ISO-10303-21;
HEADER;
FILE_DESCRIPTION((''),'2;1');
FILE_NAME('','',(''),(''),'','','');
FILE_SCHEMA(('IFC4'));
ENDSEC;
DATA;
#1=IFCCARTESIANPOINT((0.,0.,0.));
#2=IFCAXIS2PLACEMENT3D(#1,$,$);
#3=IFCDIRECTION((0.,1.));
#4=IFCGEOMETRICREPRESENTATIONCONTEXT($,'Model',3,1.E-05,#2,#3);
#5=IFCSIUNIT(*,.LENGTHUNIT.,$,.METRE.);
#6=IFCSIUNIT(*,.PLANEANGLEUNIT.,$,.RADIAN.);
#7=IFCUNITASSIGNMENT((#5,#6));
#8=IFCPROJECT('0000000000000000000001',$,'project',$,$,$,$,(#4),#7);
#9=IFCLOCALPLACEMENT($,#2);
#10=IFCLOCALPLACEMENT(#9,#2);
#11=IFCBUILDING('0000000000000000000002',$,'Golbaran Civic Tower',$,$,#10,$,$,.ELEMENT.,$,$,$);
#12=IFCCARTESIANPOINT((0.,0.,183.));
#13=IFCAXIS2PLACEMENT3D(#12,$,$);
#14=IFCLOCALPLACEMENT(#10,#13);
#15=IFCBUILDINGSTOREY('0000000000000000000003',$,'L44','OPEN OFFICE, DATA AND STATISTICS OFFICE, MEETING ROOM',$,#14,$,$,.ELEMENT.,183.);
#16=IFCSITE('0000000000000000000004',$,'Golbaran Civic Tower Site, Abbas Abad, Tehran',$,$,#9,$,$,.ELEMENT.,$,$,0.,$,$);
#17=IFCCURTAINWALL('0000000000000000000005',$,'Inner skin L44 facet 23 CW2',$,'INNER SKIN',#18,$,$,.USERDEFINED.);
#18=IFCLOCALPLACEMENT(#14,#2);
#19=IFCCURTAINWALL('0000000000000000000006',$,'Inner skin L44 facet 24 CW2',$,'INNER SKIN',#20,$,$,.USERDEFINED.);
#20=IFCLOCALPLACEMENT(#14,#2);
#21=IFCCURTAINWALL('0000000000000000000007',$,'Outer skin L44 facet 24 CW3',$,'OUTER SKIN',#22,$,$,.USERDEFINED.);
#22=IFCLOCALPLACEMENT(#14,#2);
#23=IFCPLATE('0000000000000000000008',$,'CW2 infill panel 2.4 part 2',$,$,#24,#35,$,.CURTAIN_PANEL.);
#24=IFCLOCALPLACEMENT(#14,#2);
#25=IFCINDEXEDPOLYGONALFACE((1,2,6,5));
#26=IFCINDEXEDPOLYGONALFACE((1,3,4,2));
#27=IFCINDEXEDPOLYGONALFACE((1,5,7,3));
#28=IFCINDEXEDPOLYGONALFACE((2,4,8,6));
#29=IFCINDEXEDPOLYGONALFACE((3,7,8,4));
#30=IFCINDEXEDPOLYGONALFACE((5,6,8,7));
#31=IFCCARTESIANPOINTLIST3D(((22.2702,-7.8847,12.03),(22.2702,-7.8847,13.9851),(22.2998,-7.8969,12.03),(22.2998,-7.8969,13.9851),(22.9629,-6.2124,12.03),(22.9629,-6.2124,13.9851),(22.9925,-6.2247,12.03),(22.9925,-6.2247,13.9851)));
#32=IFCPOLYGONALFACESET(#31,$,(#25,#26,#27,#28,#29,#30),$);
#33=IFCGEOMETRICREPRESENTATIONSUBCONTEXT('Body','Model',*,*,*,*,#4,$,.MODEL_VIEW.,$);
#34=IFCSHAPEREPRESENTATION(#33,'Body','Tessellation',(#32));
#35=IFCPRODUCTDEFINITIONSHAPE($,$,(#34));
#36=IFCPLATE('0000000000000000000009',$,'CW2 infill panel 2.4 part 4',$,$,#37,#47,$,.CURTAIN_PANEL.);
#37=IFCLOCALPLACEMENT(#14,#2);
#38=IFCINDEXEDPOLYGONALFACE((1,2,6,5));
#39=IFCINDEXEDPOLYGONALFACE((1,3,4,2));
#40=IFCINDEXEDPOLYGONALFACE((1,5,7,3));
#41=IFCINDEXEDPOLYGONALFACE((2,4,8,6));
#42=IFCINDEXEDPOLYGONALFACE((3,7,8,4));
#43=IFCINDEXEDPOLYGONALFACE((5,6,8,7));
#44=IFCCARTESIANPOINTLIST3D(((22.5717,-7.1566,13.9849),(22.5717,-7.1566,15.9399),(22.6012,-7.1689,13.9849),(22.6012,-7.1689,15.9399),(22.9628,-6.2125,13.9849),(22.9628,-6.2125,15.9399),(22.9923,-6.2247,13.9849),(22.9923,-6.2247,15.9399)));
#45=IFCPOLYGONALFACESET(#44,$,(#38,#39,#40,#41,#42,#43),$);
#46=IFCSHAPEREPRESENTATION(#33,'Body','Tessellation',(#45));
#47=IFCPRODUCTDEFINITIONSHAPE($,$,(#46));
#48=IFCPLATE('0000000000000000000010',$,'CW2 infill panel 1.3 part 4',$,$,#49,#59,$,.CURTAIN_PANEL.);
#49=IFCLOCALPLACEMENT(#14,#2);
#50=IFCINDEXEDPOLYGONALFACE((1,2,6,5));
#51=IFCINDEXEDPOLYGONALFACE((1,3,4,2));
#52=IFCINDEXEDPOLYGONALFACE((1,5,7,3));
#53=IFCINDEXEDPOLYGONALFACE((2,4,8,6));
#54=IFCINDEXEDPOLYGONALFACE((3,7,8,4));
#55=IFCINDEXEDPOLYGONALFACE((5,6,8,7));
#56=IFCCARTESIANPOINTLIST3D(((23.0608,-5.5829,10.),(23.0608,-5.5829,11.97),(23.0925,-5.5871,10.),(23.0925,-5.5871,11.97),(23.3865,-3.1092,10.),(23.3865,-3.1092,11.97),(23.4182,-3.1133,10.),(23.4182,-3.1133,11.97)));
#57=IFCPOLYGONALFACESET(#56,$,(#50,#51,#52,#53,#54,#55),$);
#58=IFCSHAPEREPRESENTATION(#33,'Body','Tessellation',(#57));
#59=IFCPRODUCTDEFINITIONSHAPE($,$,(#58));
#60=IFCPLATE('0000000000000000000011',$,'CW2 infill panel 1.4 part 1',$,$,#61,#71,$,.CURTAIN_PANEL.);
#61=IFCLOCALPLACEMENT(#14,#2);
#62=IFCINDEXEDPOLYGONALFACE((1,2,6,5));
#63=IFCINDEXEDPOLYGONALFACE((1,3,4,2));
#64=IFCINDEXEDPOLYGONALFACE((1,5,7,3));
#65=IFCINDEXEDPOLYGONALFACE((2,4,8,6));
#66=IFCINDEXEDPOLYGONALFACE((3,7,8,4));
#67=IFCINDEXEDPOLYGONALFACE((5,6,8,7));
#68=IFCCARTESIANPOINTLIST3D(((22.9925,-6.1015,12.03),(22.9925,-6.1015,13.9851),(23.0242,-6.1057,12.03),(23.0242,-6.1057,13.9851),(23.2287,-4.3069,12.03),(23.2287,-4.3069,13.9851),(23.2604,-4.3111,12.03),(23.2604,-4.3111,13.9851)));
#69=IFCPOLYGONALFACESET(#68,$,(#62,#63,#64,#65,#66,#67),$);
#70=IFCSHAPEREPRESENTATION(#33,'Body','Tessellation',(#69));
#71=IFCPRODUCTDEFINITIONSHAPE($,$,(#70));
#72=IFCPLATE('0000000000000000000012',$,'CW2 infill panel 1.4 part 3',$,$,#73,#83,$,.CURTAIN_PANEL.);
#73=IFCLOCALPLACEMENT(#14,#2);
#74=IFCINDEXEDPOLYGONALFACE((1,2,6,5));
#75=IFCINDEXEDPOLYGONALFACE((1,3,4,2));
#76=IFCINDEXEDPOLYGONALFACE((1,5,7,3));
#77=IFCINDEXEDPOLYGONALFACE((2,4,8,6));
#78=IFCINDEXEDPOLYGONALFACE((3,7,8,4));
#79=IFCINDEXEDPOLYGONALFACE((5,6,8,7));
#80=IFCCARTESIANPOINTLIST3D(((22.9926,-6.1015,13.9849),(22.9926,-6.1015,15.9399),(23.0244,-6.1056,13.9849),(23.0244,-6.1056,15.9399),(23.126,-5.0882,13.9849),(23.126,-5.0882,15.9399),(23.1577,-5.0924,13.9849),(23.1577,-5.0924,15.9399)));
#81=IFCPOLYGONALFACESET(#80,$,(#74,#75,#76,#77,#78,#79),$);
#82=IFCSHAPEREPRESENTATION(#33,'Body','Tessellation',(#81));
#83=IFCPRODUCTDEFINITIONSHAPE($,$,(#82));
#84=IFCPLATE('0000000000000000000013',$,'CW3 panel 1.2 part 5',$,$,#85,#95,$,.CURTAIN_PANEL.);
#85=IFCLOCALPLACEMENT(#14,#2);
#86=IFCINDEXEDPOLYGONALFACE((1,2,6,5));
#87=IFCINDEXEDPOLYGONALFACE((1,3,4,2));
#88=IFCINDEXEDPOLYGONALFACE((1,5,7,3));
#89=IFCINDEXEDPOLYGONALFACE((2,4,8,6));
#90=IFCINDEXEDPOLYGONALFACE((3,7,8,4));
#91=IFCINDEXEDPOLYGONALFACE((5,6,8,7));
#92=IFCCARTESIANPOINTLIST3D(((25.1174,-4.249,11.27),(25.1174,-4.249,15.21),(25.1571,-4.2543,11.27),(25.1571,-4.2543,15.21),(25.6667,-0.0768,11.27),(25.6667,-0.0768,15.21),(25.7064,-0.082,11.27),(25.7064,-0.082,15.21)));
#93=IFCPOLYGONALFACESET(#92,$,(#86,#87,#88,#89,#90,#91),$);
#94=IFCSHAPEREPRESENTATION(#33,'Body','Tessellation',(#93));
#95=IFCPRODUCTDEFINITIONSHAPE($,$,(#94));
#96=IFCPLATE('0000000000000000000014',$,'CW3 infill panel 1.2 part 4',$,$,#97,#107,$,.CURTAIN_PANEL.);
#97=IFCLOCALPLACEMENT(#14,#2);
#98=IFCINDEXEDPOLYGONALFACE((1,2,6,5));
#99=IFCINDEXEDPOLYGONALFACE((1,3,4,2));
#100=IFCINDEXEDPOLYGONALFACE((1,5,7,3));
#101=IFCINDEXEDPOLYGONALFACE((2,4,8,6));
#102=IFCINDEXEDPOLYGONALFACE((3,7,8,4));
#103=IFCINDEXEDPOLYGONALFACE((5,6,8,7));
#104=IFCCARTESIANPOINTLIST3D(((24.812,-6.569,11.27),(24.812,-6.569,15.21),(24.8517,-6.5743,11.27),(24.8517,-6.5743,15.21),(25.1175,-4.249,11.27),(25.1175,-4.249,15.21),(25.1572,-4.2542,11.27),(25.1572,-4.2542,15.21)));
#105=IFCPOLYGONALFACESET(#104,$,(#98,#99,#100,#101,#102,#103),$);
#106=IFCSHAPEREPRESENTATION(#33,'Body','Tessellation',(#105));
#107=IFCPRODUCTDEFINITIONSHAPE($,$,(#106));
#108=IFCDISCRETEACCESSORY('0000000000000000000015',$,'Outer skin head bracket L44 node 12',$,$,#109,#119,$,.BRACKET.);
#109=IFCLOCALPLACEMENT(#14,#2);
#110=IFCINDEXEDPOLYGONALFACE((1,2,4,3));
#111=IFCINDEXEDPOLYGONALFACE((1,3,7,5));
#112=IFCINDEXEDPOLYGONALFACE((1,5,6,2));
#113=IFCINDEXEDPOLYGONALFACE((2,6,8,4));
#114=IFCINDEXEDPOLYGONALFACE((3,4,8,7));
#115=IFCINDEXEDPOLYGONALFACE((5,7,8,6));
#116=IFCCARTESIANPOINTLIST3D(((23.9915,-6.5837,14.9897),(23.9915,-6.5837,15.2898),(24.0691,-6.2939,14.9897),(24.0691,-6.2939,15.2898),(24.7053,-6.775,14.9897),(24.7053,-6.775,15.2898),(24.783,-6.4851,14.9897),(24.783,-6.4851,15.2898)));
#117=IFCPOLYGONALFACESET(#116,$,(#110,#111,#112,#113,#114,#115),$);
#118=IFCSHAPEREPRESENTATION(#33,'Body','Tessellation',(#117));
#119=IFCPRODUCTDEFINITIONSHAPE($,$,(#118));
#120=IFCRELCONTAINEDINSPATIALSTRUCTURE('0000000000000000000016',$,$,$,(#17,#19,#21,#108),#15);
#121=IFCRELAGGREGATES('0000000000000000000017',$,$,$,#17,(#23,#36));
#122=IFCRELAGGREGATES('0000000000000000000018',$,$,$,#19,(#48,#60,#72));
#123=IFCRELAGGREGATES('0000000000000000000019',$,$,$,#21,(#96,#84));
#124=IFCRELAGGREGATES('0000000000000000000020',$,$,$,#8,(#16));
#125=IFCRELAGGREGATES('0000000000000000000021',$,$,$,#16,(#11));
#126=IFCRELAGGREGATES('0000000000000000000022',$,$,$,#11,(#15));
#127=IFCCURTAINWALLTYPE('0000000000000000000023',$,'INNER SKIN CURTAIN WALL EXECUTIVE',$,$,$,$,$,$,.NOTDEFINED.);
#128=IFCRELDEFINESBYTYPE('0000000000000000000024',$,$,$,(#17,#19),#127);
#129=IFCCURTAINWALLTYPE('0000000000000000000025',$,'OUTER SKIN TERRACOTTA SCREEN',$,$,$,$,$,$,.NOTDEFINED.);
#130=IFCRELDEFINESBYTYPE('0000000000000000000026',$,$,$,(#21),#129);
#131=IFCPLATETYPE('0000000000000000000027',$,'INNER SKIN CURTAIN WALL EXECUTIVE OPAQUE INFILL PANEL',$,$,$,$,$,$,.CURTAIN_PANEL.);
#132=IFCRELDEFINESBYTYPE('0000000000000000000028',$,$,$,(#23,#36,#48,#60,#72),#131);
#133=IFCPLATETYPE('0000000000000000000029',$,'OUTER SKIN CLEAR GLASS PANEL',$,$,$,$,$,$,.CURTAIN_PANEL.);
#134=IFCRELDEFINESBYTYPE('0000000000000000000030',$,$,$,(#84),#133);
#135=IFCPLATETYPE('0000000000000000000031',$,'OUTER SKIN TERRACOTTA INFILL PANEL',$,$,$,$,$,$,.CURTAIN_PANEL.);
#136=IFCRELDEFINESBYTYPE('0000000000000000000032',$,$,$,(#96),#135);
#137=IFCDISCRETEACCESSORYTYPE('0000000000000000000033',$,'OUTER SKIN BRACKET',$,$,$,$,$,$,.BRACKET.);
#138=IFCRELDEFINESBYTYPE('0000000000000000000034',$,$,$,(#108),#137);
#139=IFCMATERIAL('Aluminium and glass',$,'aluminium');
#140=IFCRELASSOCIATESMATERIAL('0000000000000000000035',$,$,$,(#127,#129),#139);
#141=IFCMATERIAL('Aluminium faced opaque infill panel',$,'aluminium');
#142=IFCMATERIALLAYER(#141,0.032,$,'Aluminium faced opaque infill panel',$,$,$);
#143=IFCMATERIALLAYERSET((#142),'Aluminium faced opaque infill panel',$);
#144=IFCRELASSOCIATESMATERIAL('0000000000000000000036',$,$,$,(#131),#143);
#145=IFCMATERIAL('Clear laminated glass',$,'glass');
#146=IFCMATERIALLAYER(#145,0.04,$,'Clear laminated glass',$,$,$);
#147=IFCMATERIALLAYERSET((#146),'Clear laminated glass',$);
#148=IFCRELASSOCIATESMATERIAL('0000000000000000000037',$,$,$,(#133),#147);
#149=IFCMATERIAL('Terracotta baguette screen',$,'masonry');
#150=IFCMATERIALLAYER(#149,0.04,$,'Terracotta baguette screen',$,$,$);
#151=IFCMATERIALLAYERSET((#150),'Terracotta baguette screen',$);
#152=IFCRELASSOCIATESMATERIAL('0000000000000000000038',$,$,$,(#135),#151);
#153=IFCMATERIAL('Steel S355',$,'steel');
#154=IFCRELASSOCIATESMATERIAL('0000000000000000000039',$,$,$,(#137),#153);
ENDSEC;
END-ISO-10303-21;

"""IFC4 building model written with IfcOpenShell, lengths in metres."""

from ifc_helpers import new_model, si_unit, direction, frame, origin, origin_2d, place, context, subcontext, project, spatial, rectangle, extrude, material, layer, layer_set, type_object, element, aggregate, save


model = new_model("IFC4")

# Units and contexts
model_context = context("Model", 3, precision=1e-05, world=origin(), true_north=direction((0.0, 1.0)))
body_context = subcontext(model_context, "Body", "Model", "MODEL_VIEW")
ifc_project = project(units=[si_unit("LENGTHUNIT", "METRE"), si_unit("PLANEANGLEUNIT", "RADIAN")], contexts=[model_context])

# Site, building, storey
site_placement = place(None, origin())
site = spatial("IfcSite", under=ifc_project, at=site_placement, Name="Golbaran Civic Tower Site, Abbas Abad, Tehran", CompositionType="ELEMENT", RefElevation=0.0)
building_placement = place(site_placement, origin())
building = spatial("IfcBuilding", under=site, at=building_placement, Name="Golbaran Civic Tower", CompositionType="ELEMENT")
storey_placement = place(building_placement, frame((0.0, 0.0, 183.0)))
storey = spatial("IfcBuildingStorey", under=building, at=storey_placement, Name="L44", Description="OPEN OFFICE, DATA AND STATISTICS OFFICE, MEETING ROOM", CompositionType="ELEMENT", Elevation=183.0)

# Curtain walls
ifc_material_1 = material(Name="Aluminium and glass", Category="aluminium")
curtain_wall_type_1 = type_object("IfcCurtainWallType", Name="INNER SKIN CURTAIN WALL EXECUTIVE", PredefinedType="NOTDEFINED", material=ifc_material_1)
curtain_wall_1_placement = place(storey_placement, origin())
curtain_wall_1 = element("IfcCurtainWall", 1, at=curtain_wall_1_placement, inside=storey, type_object=curtain_wall_type_1, Name="Inner skin L44 facet 23 CW2", ObjectType="INNER SKIN", PredefinedType="USERDEFINED")
curtain_wall_2_placement = place(storey_placement, origin())
curtain_wall_2 = element("IfcCurtainWall", 2, at=curtain_wall_2_placement, inside=storey, type_object=curtain_wall_type_1, Name="Inner skin L44 facet 24 CW2", ObjectType="INNER SKIN", PredefinedType="USERDEFINED")

# Curtain wall
curtain_wall_type_2 = type_object("IfcCurtainWallType", Name="OUTER SKIN TERRACOTTA SCREEN", PredefinedType="NOTDEFINED", material=ifc_material_1)
curtain_wall_3_placement = place(storey_placement, origin())
curtain_wall_3 = element("IfcCurtainWall", 3, at=curtain_wall_3_placement, inside=storey, type_object=curtain_wall_type_2, Name="Outer skin L44 facet 24 CW3", ObjectType="OUTER SKIN", PredefinedType="USERDEFINED")

# Plates
ifc_material_2 = material(Name="Aluminium faced opaque infill panel", Category="aluminium")
ifc_layer_1 = layer(ifc_material_2, 0.032, Name="Aluminium faced opaque infill panel")
ifc_layer_set_1 = layer_set([ifc_layer_1], Name="Aluminium faced opaque infill panel")
plate_type_1 = type_object("IfcPlateType", Name="INNER SKIN CURTAIN WALL EXECUTIVE OPAQUE INFILL PANEL", PredefinedType="CURTAIN_PANEL", material=ifc_layer_set_1)
plate_1_placement = place(storey_placement, frame((22.6313, -7.0547, 12.03), z_axis=(0.0, 0.0, 1.0), x_axis=(0.382683, 0.92388, 0.0)))
plate_1 = element("IfcPlate", 4, at=plate_1_placement, type_object=plate_type_1, Name="CW2 infill panel 2.4 part 2", PredefinedType="CURTAIN_PANEL", context=body_context, shape_type="SweptSolid", body=[
    extrude(rectangle(XDim=1.8101, YDim=0.032, at=origin_2d()), origin(), (0.0, 0.0, 1.0), 1.9551),
])
plate_2_placement = place(storey_placement, frame((22.782, -6.6907, 13.9849), z_axis=(0.0, 0.0, 1.0), x_axis=(0.382683, 0.92388, 0.0)))
plate_2 = element("IfcPlate", 5, at=plate_2_placement, type_object=plate_type_1, Name="CW2 infill panel 2.4 part 4", PredefinedType="CURTAIN_PANEL", context=body_context, shape_type="SweptSolid", body=[
    extrude(rectangle(XDim=1.022, YDim=0.032, at=origin_2d()), origin(), (0.0, 0.0, 1.0), 1.9551),
])
aggregate(curtain_wall_1, [plate_1, plate_2])
plate_3_placement = place(storey_placement, frame((23.2395, -4.3481, 10.0), z_axis=(0.0, 0.0, 1.0), x_axis=(0.130526, 0.991445, 0.0)))
plate_3 = element("IfcPlate", 6, at=plate_3_placement, type_object=plate_type_1, Name="CW2 infill panel 1.3 part 4", PredefinedType="CURTAIN_PANEL", context=body_context, shape_type="SweptSolid", body=[
    extrude(rectangle(XDim=2.4951, YDim=0.032, at=origin_2d()), origin(), (0.0, 0.0, 1.0), 1.97),
])
plate_4_placement = place(storey_placement, frame((23.1265, -5.2063, 12.03), z_axis=(0.0, 0.0, 1.0), x_axis=(0.130526, 0.991445, 0.0)))
plate_4 = element("IfcPlate", 7, at=plate_4_placement, type_object=plate_type_1, Name="CW2 infill panel 1.4 part 1", PredefinedType="CURTAIN_PANEL", context=body_context, shape_type="SweptSolid", body=[
    extrude(rectangle(XDim=1.8101, YDim=0.032, at=origin_2d()), origin(), (0.0, 0.0, 1.0), 1.9551),
])
plate_5_placement = place(storey_placement, frame((23.0752, -5.5969, 13.9849), z_axis=(0.0, 0.0, 1.0), x_axis=(0.130526, 0.991445, 0.0)))
plate_5 = element("IfcPlate", 8, at=plate_5_placement, type_object=plate_type_1, Name="CW2 infill panel 1.4 part 3", PredefinedType="CURTAIN_PANEL", context=body_context, shape_type="SweptSolid", body=[
    extrude(rectangle(XDim=1.022, YDim=0.032, at=origin_2d()), origin(), (0.0, 0.0, 1.0), 1.9551),
])
aggregate(curtain_wall_2, [plate_3, plate_4, plate_5])
ifc_material_3 = material(Name="Clear laminated glass", Category="glass")
ifc_layer_2 = layer(ifc_material_3, 0.04, Name="Clear laminated glass")
ifc_layer_set_2 = layer_set([ifc_layer_2], Name="Clear laminated glass")
plate_type_2 = type_object("IfcPlateType", Name="OUTER SKIN CLEAR GLASS PANEL", PredefinedType="CURTAIN_PANEL", material=ifc_layer_set_2)
plate_6_placement = place(storey_placement, frame((25.4119, -2.1655, 11.27), z_axis=(0.0, 0.0, 1.0), x_axis=(0.130526, 0.991445, 0.0)))
plate_6 = element("IfcPlate", 9, at=plate_6_placement, type_object=plate_type_2, Name="CW3 panel 1.2 part 5", PredefinedType="CURTAIN_PANEL", context=body_context, shape_type="SweptSolid", body=[
    extrude(rectangle(XDim=4.2083, YDim=0.04, at=origin_2d()), origin(), (0.0, 0.0, 1.0), 3.9399),
])
ifc_material_4 = material(Name="Terracotta baguette screen", Category="masonry")
ifc_layer_3 = layer(ifc_material_4, 0.04, Name="Terracotta baguette screen")
ifc_layer_set_3 = layer_set([ifc_layer_3], Name="Terracotta baguette screen")
plate_type_3 = type_object("IfcPlateType", Name="OUTER SKIN TERRACOTTA INFILL PANEL", PredefinedType="CURTAIN_PANEL", material=ifc_layer_set_3)
plate_7_placement = place(storey_placement, frame((24.9846, -5.4116, 11.27), z_axis=(0.0, 0.0, 1.0), x_axis=(0.130526, 0.991445, 0.0)))
plate_7 = element("IfcPlate", 10, at=plate_7_placement, type_object=plate_type_3, Name="CW3 infill panel 1.2 part 4", PredefinedType="CURTAIN_PANEL", context=body_context, shape_type="SweptSolid", body=[
    extrude(rectangle(XDim=2.3401, YDim=0.04, at=origin_2d()), origin(), (0.0, 0.0, 1.0), 3.9399),
])
aggregate(curtain_wall_3, [plate_7, plate_6])

# Discrete accessory
ifc_material_5 = material(Name="Steel S355", Category="steel")
discrete_accessory_type = type_object("IfcDiscreteAccessoryType", Name="OUTER SKIN BRACKET", PredefinedType="BRACKET", material=ifc_material_5)
discrete_accessory_placement = place(storey_placement, frame((24.3872, -6.5344, 14.9897), z_axis=(0.0, 0.0, 1.0), x_axis=(0.965926, -0.258819, 0.0)))
element("IfcDiscreteAccessory", 11, at=discrete_accessory_placement, inside=storey, type_object=discrete_accessory_type, Name="Outer skin head bracket L44 node 12", PredefinedType="BRACKET", context=body_context, shape_type="SweptSolid", body=[
    extrude(rectangle(XDim=0.739, YDim=0.3, at=origin_2d()), origin(), (0.0, 0.0, 1.0), 0.3),
])

save(model, "model.ifc")
